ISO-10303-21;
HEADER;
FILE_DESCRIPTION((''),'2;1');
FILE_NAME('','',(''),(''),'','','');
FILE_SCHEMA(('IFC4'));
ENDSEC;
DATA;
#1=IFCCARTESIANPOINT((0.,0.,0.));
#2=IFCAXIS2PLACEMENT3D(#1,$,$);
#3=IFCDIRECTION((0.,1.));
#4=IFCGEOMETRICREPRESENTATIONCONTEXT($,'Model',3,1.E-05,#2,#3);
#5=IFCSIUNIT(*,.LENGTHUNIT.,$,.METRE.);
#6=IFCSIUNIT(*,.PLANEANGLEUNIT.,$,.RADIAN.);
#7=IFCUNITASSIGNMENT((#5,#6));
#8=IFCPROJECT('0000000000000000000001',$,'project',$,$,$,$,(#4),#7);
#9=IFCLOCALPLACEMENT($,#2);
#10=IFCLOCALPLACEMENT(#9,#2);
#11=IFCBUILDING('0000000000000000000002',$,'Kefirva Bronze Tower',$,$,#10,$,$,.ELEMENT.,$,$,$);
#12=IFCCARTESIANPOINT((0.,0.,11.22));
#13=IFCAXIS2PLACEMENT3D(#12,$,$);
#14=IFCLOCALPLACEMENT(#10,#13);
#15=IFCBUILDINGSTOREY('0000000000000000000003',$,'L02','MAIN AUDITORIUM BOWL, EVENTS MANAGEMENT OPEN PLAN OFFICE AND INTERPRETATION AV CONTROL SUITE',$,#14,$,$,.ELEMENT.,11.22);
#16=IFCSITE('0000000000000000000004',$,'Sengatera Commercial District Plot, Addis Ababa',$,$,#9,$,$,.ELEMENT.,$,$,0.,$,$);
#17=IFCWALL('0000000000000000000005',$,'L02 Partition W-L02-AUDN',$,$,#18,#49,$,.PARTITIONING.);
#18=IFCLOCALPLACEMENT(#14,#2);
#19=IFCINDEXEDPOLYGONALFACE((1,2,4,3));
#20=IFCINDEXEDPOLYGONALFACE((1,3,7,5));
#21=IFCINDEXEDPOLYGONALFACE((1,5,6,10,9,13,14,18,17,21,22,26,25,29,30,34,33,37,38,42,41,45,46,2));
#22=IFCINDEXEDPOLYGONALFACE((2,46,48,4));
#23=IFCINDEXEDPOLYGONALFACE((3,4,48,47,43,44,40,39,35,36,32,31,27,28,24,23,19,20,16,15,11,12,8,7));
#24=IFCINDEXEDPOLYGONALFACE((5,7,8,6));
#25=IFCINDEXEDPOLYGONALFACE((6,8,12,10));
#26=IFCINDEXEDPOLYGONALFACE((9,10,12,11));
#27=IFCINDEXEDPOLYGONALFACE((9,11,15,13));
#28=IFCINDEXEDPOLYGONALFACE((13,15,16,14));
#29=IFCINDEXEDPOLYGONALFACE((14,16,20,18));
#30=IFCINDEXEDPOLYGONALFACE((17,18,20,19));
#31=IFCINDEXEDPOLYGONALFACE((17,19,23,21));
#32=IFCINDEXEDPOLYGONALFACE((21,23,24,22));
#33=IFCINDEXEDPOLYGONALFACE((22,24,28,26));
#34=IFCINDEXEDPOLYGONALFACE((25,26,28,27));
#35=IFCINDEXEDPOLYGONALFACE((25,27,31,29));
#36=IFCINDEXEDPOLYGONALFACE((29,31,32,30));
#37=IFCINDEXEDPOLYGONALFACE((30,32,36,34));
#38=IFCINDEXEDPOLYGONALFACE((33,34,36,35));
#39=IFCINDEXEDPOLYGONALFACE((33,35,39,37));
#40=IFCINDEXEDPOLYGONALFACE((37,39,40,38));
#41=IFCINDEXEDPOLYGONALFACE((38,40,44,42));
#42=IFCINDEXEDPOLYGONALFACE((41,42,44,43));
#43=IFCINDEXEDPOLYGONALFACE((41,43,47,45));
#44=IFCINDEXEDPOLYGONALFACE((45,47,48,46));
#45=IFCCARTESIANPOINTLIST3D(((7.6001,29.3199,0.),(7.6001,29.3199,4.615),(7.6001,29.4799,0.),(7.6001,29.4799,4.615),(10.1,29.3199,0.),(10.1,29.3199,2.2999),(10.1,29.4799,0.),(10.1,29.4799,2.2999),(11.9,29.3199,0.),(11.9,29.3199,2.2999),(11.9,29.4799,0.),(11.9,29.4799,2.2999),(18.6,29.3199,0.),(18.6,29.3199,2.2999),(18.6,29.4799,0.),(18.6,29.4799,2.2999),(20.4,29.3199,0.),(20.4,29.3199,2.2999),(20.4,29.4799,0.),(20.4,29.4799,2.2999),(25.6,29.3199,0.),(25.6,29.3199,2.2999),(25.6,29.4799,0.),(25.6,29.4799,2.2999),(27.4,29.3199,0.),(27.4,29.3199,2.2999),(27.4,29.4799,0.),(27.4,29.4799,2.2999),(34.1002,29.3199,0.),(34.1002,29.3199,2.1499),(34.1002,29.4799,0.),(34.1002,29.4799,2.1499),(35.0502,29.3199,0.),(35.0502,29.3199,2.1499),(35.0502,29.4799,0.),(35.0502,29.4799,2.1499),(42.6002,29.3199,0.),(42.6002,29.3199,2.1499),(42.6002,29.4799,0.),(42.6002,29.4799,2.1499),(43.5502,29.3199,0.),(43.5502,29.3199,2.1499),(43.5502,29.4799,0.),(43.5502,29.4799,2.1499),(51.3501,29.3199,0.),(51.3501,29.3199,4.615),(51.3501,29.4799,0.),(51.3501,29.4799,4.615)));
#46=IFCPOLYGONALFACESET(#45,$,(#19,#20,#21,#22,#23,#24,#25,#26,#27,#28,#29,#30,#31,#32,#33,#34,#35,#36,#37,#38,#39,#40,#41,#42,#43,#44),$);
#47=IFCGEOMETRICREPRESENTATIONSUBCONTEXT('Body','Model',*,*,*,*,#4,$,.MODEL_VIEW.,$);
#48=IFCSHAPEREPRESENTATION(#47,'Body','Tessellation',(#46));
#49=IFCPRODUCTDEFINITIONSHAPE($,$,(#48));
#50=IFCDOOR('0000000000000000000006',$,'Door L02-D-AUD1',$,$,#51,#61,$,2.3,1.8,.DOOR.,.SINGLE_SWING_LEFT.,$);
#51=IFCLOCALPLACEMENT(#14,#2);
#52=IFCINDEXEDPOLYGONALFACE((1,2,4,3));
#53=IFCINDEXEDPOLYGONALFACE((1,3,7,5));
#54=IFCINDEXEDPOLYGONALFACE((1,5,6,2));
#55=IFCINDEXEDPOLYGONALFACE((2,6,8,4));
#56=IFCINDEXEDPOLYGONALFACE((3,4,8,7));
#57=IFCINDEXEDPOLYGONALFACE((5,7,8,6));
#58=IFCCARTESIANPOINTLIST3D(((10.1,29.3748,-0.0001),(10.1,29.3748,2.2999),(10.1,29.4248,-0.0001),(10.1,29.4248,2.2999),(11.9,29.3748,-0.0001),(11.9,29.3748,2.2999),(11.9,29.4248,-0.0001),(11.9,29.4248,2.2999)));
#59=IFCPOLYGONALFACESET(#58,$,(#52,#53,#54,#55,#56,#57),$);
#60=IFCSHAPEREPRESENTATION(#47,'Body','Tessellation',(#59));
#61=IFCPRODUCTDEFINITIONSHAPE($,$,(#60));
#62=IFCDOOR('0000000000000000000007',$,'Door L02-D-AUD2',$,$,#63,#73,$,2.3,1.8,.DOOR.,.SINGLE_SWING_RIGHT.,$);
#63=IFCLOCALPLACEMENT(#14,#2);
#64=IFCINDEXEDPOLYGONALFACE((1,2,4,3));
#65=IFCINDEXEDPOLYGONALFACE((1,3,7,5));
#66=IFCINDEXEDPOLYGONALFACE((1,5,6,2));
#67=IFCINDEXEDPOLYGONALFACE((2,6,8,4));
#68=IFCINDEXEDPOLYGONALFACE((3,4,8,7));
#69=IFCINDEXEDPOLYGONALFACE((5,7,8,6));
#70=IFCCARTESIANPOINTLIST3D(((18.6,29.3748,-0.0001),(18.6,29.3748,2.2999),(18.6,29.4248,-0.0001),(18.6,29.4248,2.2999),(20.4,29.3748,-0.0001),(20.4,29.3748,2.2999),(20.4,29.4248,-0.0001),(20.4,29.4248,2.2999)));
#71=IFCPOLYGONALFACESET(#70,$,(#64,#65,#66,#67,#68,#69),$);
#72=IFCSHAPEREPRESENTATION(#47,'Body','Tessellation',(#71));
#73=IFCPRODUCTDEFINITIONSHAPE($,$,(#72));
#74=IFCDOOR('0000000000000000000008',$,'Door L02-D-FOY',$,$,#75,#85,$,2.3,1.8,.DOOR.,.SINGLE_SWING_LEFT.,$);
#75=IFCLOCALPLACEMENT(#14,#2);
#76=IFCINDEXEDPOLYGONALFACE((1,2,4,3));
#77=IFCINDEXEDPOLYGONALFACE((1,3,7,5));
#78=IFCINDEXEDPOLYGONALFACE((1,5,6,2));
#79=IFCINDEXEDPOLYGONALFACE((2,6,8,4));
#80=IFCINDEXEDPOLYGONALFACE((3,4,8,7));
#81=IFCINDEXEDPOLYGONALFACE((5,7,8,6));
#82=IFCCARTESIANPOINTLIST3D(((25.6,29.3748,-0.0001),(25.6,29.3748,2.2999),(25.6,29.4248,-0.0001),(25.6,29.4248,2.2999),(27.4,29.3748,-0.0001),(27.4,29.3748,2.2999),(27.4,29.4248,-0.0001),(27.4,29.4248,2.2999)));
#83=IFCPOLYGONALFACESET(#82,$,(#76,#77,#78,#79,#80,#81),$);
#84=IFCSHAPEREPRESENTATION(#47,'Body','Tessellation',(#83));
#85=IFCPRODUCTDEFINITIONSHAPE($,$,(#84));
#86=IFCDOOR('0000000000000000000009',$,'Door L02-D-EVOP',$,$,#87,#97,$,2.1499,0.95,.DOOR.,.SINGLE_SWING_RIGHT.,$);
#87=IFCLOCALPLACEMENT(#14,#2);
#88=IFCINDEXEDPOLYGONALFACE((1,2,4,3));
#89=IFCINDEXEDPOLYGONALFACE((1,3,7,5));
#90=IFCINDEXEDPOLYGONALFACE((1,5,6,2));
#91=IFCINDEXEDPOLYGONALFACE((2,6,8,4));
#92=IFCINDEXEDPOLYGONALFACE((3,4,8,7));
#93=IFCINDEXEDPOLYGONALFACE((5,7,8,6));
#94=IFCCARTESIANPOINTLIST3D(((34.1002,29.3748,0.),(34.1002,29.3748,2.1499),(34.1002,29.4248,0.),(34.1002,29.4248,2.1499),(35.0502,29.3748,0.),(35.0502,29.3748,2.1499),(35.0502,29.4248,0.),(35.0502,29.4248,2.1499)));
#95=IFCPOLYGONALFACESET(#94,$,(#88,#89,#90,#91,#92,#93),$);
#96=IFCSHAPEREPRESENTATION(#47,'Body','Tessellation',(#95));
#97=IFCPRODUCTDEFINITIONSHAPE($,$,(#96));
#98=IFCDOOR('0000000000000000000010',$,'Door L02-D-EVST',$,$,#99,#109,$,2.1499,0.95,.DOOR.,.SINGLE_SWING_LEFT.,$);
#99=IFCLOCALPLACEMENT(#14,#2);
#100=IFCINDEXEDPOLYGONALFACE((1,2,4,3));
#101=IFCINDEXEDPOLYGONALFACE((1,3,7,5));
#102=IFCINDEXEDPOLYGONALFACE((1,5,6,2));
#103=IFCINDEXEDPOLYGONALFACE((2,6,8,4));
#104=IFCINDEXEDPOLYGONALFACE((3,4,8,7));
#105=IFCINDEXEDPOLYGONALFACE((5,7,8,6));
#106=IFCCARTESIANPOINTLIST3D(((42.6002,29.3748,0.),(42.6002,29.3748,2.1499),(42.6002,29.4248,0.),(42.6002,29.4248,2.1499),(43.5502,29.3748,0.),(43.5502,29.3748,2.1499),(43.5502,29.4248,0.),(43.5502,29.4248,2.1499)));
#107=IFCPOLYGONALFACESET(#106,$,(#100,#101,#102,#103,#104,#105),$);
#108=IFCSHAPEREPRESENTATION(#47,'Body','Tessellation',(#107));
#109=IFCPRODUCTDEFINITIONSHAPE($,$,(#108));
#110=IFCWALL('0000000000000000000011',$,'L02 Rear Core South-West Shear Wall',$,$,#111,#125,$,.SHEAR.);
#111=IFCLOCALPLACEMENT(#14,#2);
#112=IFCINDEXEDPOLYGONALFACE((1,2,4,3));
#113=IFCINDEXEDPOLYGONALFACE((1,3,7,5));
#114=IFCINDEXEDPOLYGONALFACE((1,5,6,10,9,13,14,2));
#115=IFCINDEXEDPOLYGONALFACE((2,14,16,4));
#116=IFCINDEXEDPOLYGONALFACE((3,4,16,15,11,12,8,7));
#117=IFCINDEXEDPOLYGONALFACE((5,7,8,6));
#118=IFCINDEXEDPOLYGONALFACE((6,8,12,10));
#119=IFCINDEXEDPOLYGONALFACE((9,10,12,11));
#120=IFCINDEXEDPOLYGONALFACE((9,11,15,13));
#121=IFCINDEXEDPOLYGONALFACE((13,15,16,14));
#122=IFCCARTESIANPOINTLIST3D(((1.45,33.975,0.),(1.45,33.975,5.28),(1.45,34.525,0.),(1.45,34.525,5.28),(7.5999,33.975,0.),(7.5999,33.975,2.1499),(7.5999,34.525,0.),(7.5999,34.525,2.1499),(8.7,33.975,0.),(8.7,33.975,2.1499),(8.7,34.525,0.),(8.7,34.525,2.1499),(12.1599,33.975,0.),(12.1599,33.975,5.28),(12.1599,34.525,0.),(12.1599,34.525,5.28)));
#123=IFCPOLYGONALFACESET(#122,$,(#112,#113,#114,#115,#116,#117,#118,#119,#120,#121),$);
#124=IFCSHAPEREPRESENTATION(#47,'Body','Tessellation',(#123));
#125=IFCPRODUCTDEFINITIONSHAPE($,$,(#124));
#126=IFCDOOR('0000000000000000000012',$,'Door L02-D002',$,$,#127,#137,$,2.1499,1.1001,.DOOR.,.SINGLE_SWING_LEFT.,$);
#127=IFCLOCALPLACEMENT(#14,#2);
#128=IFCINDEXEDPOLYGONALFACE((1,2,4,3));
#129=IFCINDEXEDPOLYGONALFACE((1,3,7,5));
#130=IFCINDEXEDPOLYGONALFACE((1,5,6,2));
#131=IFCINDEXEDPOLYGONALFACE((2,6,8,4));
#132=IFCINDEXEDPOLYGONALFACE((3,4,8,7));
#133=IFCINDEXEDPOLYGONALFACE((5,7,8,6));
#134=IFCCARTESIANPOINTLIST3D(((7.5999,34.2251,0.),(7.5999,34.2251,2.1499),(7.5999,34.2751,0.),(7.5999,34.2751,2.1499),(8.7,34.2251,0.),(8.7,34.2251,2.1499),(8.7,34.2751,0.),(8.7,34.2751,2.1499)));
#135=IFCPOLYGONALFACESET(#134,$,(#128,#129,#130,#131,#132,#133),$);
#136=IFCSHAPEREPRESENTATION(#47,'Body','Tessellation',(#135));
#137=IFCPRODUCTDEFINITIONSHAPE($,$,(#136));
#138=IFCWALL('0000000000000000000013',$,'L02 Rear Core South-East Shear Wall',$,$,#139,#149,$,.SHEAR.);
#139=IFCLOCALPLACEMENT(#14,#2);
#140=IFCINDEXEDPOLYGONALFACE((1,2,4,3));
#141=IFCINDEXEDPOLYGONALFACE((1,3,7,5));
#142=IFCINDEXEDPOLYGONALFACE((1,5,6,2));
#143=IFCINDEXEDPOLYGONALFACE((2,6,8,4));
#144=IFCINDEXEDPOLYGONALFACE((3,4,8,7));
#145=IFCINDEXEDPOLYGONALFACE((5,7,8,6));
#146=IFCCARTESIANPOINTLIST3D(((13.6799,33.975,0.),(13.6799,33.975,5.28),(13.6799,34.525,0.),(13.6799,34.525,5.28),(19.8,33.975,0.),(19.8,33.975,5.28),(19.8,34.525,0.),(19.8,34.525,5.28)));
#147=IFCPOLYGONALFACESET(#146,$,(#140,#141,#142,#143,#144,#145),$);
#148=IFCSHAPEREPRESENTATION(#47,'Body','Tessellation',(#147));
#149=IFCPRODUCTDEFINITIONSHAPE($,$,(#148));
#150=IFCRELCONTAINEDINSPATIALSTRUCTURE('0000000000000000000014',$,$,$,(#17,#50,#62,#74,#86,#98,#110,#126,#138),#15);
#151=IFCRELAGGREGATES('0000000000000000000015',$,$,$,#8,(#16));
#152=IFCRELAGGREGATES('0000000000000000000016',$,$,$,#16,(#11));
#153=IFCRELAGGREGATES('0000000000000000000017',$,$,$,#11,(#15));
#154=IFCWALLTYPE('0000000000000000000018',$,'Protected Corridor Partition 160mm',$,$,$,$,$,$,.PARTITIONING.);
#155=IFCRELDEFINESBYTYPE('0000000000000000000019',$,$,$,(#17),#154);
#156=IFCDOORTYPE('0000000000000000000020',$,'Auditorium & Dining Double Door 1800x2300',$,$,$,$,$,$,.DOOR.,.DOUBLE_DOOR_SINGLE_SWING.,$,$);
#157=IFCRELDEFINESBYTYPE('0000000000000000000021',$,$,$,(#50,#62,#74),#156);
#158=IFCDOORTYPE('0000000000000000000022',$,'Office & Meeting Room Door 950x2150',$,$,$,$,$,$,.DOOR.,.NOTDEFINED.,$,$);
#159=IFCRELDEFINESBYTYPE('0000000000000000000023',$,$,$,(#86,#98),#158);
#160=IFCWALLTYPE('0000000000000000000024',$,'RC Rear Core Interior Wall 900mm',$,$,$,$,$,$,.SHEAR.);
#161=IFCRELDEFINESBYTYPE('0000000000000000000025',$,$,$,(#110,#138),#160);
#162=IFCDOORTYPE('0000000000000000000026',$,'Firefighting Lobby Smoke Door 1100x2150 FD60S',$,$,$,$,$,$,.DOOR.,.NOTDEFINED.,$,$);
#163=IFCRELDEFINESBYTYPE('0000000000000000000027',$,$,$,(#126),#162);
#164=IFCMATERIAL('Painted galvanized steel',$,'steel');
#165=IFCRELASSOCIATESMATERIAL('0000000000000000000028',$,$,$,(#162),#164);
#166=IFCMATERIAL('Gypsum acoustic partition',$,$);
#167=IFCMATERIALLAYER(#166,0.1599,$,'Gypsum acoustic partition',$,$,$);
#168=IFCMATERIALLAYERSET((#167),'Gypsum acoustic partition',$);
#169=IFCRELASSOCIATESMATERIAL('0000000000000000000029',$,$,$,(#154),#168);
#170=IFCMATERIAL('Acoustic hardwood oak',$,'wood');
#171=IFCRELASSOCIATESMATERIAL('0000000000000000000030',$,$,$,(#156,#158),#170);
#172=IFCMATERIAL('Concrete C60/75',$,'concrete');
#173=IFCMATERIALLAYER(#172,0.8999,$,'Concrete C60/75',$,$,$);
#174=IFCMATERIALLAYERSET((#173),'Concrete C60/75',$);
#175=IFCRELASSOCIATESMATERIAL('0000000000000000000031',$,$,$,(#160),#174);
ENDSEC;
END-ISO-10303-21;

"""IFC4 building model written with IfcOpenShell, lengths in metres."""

from ifc_helpers import new_model, si_unit, direction, frame, frame_2d, origin, place, context, subcontext, project, spatial, rectangle, extrude, material, layer, layer_set, type_object, element, fill, save


model = new_model("IFC4")

# Units and contexts
model_context = context("Model", 3, precision=1e-05, world=origin(), true_north=direction((0.0, 1.0)))
body_context = subcontext(model_context, "Body", "Model", "MODEL_VIEW")
ifc_project = project(units=[si_unit("LENGTHUNIT", "METRE"), si_unit("PLANEANGLEUNIT", "RADIAN")], contexts=[model_context])

# Site, building, storey
site_placement = place(None, origin())
site = spatial("IfcSite", under=ifc_project, at=site_placement, Name="Sengatera Commercial District Plot, Addis Ababa", CompositionType="ELEMENT", RefElevation=0.0)
building_placement = place(site_placement, origin())
building = spatial("IfcBuilding", under=site, at=building_placement, Name="Kefirva Bronze Tower", CompositionType="ELEMENT")
storey_placement = place(building_placement, frame((0.0, 0.0, 11.22)))
storey = spatial("IfcBuildingStorey", under=building, at=storey_placement, Name="L02", Description="MAIN AUDITORIUM BOWL, EVENTS MANAGEMENT OPEN PLAN OFFICE AND INTERPRETATION AV CONTROL SUITE", CompositionType="ELEMENT", Elevation=11.22)

# Shared definitions
ifc_material_1 = material(Name="Concrete C60/75", Category="concrete")

# Shared definitions
ifc_material_2 = material(Name="Painted galvanized steel", Category="steel")
door_type_1 = type_object("IfcDoorType", Name="Firefighting Lobby Smoke Door 1100x2150 FD60S", OperationType="NOTDEFINED", PredefinedType="DOOR", material=ifc_material_2)

# Wall, openings, doors
ifc_material_3 = material(Name="Gypsum acoustic partition")
ifc_layer_1 = layer(ifc_material_3, 0.1599, Name="Gypsum acoustic partition")
ifc_layer_set_1 = layer_set([ifc_layer_1], Name="Gypsum acoustic partition")
wall_type_1 = type_object("IfcWallType", Name="Protected Corridor Partition 160mm", PredefinedType="PARTITIONING", material=ifc_layer_set_1)
wall_1_placement = place(storey_placement, frame((7.6001, 29.3999, 0.0), z_axis=(0.0, 0.0, 1.0), x_axis=(1.0, 0.0, 0.0)))
wall_1 = element("IfcWall", 1, at=wall_1_placement, inside=storey, type_object=wall_type_1, Name="L02 Partition W-L02-AUDN", PredefinedType="PARTITIONING", context=body_context, shape_type="SweptSolid", body=[
    extrude(rectangle(XDim=43.75, YDim=0.1599, at=frame_2d((21.875, 0.0))), origin(), (0.0, 0.0, 1.0), 4.615),
])
opening_1_placement = place(wall_1_placement, frame((2.5, 0.0, 0.0)))
opening_1 = element("IfcOpeningElement", 2, at=opening_1_placement, cuts=wall_1, PredefinedType="OPENING", context=body_context, shape_type="SweptSolid", body=[
    extrude(rectangle(XDim=1.8, YDim=2.3, at=frame_2d((0.8999, 1.1499))), frame((0.0, 0.0898, 0.0), z_axis=(0.0, -1.0, 0.0), x_axis=(1.0, 0.0, 0.0)), (0.0, 0.0, 1.0), 0.1799),
])
opening_2_placement = place(wall_1_placement, frame((11.0, 0.0, 0.0)))
opening_2 = element("IfcOpeningElement", 3, at=opening_2_placement, cuts=wall_1, PredefinedType="OPENING", context=body_context, shape_type="SweptSolid", body=[
    extrude(rectangle(XDim=1.8, YDim=2.3, at=frame_2d((0.8999, 1.1499))), frame((0.0, 0.0898, 0.0), z_axis=(0.0, -1.0, 0.0), x_axis=(1.0, 0.0, 0.0)), (0.0, 0.0, 1.0), 0.1799),
])
opening_3_placement = place(wall_1_placement, frame((18.0, 0.0, 0.0)))
opening_3 = element("IfcOpeningElement", 4, at=opening_3_placement, cuts=wall_1, PredefinedType="OPENING", context=body_context, shape_type="SweptSolid", body=[
    extrude(rectangle(XDim=1.8, YDim=2.3, at=frame_2d((0.8999, 1.1499))), frame((0.0, 0.0898, 0.0), z_axis=(0.0, -1.0, 0.0), x_axis=(1.0, 0.0, 0.0)), (0.0, 0.0, 1.0), 0.1799),
])
opening_4_placement = place(wall_1_placement, frame((26.5, 0.0, 0.0)))
opening_4 = element("IfcOpeningElement", 5, at=opening_4_placement, cuts=wall_1, PredefinedType="OPENING", context=body_context, shape_type="SweptSolid", body=[
    extrude(rectangle(XDim=0.95, YDim=2.1499, at=frame_2d((0.4751, 1.075))), frame((0.0, 0.0898, 0.0), z_axis=(0.0, -1.0, 0.0), x_axis=(1.0, 0.0, 0.0)), (0.0, 0.0, 1.0), 0.1799),
])
opening_5_placement = place(wall_1_placement, frame((35.0, 0.0, 0.0)))
opening_5 = element("IfcOpeningElement", 6, at=opening_5_placement, cuts=wall_1, PredefinedType="OPENING", context=body_context, shape_type="SweptSolid", body=[
    extrude(rectangle(XDim=0.95, YDim=2.1499, at=frame_2d((0.4751, 1.075))), frame((0.0, 0.0898, 0.0), z_axis=(0.0, -1.0, 0.0), x_axis=(1.0, 0.0, 0.0)), (0.0, 0.0, 1.0), 0.1799),
])
ifc_material_4 = material(Name="Acoustic hardwood oak", Category="wood")
door_type_2 = type_object("IfcDoorType", Name="Auditorium & Dining Double Door 1800x2300", OperationType="DOUBLE_DOOR_SINGLE_SWING", PredefinedType="DOOR", material=ifc_material_4)
door_1_placement = place(opening_1_placement, origin())
door_1 = element("IfcDoor", 7, at=door_1_placement, inside=storey, type_object=door_type_2, Name="Door L02-D-AUD1", OperationType="SINGLE_SWING_LEFT", OverallHeight=2.3, OverallWidth=1.8, PredefinedType="DOOR", context=body_context, shape_type="SweptSolid", body=[
    extrude(rectangle(XDim=1.8, YDim=2.3, at=frame_2d((0.8999, 1.1499))), frame((0.0, 0.0249, 0.0), z_axis=(0.0, -1.0, 0.0), x_axis=(1.0, 0.0, 0.0)), (0.0, 0.0, 1.0), 0.05),
])
fill(opening_1, door_1)
door_2_placement = place(opening_2_placement, origin())
door_2 = element("IfcDoor", 8, at=door_2_placement, inside=storey, type_object=door_type_2, Name="Door L02-D-AUD2", OperationType="SINGLE_SWING_RIGHT", OverallHeight=2.3, OverallWidth=1.8, PredefinedType="DOOR", context=body_context, shape_type="SweptSolid", body=[
    extrude(rectangle(XDim=1.8, YDim=2.3, at=frame_2d((0.8999, 1.1499))), frame((0.0, 0.0249, 0.0), z_axis=(0.0, -1.0, 0.0), x_axis=(1.0, 0.0, 0.0)), (0.0, 0.0, 1.0), 0.05),
])
fill(opening_2, door_2)
door_3_placement = place(opening_3_placement, origin())
door_3 = element("IfcDoor", 9, at=door_3_placement, inside=storey, type_object=door_type_2, Name="Door L02-D-FOY", OperationType="SINGLE_SWING_LEFT", OverallHeight=2.3, OverallWidth=1.8, PredefinedType="DOOR", context=body_context, shape_type="SweptSolid", body=[
    extrude(rectangle(XDim=1.8, YDim=2.3, at=frame_2d((0.8999, 1.1499))), frame((0.0, 0.0249, 0.0), z_axis=(0.0, -1.0, 0.0), x_axis=(1.0, 0.0, 0.0)), (0.0, 0.0, 1.0), 0.05),
])
fill(opening_3, door_3)
door_type_3 = type_object("IfcDoorType", Name="Office & Meeting Room Door 950x2150", OperationType="NOTDEFINED", PredefinedType="DOOR", material=ifc_material_4)
door_4_placement = place(opening_4_placement, origin())
door_4 = element("IfcDoor", 10, at=door_4_placement, inside=storey, type_object=door_type_3, Name="Door L02-D-EVOP", OperationType="SINGLE_SWING_RIGHT", OverallHeight=2.1499, OverallWidth=0.95, PredefinedType="DOOR", context=body_context, shape_type="SweptSolid", body=[
    extrude(rectangle(XDim=0.95, YDim=2.1499, at=frame_2d((0.4751, 1.075))), frame((0.0, 0.0249, 0.0), z_axis=(0.0, -1.0, 0.0), x_axis=(1.0, 0.0, 0.0)), (0.0, 0.0, 1.0), 0.05),
])
fill(opening_4, door_4)
door_5_placement = place(opening_5_placement, origin())
door_5 = element("IfcDoor", 11, at=door_5_placement, inside=storey, type_object=door_type_3, Name="Door L02-D-EVST", OperationType="SINGLE_SWING_LEFT", OverallHeight=2.1499, OverallWidth=0.95, PredefinedType="DOOR", context=body_context, shape_type="SweptSolid", body=[
    extrude(rectangle(XDim=0.95, YDim=2.1499, at=frame_2d((0.4751, 1.075))), frame((0.0, 0.0249, 0.0), z_axis=(0.0, -1.0, 0.0), x_axis=(1.0, 0.0, 0.0)), (0.0, 0.0, 1.0), 0.05),
])
fill(opening_5, door_5)

# Wall, opening, door
ifc_layer_2 = layer(ifc_material_1, 0.8999, Name="Concrete C60/75")
ifc_layer_set_2 = layer_set([ifc_layer_2], Name="Concrete C60/75")
wall_type_2 = type_object("IfcWallType", Name="RC Rear Core Interior Wall 900mm", PredefinedType="SHEAR", material=ifc_layer_set_2)
wall_2_placement = place(storey_placement, frame((1.45, 34.25, 0.0), z_axis=(0.0, 0.0, 1.0), x_axis=(1.0, 0.0, 0.0)))
wall_2 = element("IfcWall", 12, at=wall_2_placement, inside=storey, type_object=wall_type_2, Name="L02 Rear Core South-West Shear Wall", PredefinedType="SHEAR", context=body_context, shape_type="SweptSolid", body=[
    extrude(rectangle(XDim=10.71, YDim=0.55, at=frame_2d((5.355, 0.0))), origin(), (0.0, 0.0, 1.0), 5.28),
])
opening_6_placement = place(wall_2_placement, frame((7.25, 0.0, 0.0), z_axis=(0.0, 0.0, 1.0), x_axis=(-1.0, 0.0, 0.0)))
opening_6 = element("IfcOpeningElement", 13, at=opening_6_placement, cuts=wall_2, PredefinedType="OPENING", context=body_context, shape_type="SweptSolid", body=[
    extrude(rectangle(XDim=1.1001, YDim=2.1499, at=frame_2d((0.55, 1.075))), frame((0.0, 0.2852, 0.0), z_axis=(0.0, -1.0, 0.0), x_axis=(1.0, 0.0, 0.0)), (0.0, 0.0, 1.0), 0.5701),
])
door_6_placement = place(opening_6_placement, origin())
door_6 = element("IfcDoor", 14, at=door_6_placement, inside=storey, type_object=door_type_1, Name="Door L02-D002", OperationType="SINGLE_SWING_LEFT", OverallHeight=2.1499, OverallWidth=1.1001, PredefinedType="DOOR", context=body_context, shape_type="SweptSolid", body=[
    extrude(rectangle(XDim=1.1001, YDim=2.1499, at=frame_2d((0.55, 1.075))), frame((0.0, 0.0249, 0.0), z_axis=(0.0, -1.0, 0.0), x_axis=(1.0, 0.0, 0.0)), (0.0, 0.0, 1.0), 0.05),
])
fill(opening_6, door_6)

# Wall
wall_3_placement = place(storey_placement, frame((13.6799, 34.25, 0.0), z_axis=(0.0, 0.0, 1.0), x_axis=(1.0, 0.0, 0.0)))
element("IfcWall", 15, at=wall_3_placement, inside=storey, type_object=wall_type_2, Name="L02 Rear Core South-East Shear Wall", PredefinedType="SHEAR", context=body_context, shape_type="SweptSolid", body=[
    extrude(rectangle(XDim=6.1201, YDim=0.55, at=frame_2d((3.0601, 0.0))), origin(), (0.0, 0.0, 1.0), 5.28),
])

save(model, "model.ifc")
